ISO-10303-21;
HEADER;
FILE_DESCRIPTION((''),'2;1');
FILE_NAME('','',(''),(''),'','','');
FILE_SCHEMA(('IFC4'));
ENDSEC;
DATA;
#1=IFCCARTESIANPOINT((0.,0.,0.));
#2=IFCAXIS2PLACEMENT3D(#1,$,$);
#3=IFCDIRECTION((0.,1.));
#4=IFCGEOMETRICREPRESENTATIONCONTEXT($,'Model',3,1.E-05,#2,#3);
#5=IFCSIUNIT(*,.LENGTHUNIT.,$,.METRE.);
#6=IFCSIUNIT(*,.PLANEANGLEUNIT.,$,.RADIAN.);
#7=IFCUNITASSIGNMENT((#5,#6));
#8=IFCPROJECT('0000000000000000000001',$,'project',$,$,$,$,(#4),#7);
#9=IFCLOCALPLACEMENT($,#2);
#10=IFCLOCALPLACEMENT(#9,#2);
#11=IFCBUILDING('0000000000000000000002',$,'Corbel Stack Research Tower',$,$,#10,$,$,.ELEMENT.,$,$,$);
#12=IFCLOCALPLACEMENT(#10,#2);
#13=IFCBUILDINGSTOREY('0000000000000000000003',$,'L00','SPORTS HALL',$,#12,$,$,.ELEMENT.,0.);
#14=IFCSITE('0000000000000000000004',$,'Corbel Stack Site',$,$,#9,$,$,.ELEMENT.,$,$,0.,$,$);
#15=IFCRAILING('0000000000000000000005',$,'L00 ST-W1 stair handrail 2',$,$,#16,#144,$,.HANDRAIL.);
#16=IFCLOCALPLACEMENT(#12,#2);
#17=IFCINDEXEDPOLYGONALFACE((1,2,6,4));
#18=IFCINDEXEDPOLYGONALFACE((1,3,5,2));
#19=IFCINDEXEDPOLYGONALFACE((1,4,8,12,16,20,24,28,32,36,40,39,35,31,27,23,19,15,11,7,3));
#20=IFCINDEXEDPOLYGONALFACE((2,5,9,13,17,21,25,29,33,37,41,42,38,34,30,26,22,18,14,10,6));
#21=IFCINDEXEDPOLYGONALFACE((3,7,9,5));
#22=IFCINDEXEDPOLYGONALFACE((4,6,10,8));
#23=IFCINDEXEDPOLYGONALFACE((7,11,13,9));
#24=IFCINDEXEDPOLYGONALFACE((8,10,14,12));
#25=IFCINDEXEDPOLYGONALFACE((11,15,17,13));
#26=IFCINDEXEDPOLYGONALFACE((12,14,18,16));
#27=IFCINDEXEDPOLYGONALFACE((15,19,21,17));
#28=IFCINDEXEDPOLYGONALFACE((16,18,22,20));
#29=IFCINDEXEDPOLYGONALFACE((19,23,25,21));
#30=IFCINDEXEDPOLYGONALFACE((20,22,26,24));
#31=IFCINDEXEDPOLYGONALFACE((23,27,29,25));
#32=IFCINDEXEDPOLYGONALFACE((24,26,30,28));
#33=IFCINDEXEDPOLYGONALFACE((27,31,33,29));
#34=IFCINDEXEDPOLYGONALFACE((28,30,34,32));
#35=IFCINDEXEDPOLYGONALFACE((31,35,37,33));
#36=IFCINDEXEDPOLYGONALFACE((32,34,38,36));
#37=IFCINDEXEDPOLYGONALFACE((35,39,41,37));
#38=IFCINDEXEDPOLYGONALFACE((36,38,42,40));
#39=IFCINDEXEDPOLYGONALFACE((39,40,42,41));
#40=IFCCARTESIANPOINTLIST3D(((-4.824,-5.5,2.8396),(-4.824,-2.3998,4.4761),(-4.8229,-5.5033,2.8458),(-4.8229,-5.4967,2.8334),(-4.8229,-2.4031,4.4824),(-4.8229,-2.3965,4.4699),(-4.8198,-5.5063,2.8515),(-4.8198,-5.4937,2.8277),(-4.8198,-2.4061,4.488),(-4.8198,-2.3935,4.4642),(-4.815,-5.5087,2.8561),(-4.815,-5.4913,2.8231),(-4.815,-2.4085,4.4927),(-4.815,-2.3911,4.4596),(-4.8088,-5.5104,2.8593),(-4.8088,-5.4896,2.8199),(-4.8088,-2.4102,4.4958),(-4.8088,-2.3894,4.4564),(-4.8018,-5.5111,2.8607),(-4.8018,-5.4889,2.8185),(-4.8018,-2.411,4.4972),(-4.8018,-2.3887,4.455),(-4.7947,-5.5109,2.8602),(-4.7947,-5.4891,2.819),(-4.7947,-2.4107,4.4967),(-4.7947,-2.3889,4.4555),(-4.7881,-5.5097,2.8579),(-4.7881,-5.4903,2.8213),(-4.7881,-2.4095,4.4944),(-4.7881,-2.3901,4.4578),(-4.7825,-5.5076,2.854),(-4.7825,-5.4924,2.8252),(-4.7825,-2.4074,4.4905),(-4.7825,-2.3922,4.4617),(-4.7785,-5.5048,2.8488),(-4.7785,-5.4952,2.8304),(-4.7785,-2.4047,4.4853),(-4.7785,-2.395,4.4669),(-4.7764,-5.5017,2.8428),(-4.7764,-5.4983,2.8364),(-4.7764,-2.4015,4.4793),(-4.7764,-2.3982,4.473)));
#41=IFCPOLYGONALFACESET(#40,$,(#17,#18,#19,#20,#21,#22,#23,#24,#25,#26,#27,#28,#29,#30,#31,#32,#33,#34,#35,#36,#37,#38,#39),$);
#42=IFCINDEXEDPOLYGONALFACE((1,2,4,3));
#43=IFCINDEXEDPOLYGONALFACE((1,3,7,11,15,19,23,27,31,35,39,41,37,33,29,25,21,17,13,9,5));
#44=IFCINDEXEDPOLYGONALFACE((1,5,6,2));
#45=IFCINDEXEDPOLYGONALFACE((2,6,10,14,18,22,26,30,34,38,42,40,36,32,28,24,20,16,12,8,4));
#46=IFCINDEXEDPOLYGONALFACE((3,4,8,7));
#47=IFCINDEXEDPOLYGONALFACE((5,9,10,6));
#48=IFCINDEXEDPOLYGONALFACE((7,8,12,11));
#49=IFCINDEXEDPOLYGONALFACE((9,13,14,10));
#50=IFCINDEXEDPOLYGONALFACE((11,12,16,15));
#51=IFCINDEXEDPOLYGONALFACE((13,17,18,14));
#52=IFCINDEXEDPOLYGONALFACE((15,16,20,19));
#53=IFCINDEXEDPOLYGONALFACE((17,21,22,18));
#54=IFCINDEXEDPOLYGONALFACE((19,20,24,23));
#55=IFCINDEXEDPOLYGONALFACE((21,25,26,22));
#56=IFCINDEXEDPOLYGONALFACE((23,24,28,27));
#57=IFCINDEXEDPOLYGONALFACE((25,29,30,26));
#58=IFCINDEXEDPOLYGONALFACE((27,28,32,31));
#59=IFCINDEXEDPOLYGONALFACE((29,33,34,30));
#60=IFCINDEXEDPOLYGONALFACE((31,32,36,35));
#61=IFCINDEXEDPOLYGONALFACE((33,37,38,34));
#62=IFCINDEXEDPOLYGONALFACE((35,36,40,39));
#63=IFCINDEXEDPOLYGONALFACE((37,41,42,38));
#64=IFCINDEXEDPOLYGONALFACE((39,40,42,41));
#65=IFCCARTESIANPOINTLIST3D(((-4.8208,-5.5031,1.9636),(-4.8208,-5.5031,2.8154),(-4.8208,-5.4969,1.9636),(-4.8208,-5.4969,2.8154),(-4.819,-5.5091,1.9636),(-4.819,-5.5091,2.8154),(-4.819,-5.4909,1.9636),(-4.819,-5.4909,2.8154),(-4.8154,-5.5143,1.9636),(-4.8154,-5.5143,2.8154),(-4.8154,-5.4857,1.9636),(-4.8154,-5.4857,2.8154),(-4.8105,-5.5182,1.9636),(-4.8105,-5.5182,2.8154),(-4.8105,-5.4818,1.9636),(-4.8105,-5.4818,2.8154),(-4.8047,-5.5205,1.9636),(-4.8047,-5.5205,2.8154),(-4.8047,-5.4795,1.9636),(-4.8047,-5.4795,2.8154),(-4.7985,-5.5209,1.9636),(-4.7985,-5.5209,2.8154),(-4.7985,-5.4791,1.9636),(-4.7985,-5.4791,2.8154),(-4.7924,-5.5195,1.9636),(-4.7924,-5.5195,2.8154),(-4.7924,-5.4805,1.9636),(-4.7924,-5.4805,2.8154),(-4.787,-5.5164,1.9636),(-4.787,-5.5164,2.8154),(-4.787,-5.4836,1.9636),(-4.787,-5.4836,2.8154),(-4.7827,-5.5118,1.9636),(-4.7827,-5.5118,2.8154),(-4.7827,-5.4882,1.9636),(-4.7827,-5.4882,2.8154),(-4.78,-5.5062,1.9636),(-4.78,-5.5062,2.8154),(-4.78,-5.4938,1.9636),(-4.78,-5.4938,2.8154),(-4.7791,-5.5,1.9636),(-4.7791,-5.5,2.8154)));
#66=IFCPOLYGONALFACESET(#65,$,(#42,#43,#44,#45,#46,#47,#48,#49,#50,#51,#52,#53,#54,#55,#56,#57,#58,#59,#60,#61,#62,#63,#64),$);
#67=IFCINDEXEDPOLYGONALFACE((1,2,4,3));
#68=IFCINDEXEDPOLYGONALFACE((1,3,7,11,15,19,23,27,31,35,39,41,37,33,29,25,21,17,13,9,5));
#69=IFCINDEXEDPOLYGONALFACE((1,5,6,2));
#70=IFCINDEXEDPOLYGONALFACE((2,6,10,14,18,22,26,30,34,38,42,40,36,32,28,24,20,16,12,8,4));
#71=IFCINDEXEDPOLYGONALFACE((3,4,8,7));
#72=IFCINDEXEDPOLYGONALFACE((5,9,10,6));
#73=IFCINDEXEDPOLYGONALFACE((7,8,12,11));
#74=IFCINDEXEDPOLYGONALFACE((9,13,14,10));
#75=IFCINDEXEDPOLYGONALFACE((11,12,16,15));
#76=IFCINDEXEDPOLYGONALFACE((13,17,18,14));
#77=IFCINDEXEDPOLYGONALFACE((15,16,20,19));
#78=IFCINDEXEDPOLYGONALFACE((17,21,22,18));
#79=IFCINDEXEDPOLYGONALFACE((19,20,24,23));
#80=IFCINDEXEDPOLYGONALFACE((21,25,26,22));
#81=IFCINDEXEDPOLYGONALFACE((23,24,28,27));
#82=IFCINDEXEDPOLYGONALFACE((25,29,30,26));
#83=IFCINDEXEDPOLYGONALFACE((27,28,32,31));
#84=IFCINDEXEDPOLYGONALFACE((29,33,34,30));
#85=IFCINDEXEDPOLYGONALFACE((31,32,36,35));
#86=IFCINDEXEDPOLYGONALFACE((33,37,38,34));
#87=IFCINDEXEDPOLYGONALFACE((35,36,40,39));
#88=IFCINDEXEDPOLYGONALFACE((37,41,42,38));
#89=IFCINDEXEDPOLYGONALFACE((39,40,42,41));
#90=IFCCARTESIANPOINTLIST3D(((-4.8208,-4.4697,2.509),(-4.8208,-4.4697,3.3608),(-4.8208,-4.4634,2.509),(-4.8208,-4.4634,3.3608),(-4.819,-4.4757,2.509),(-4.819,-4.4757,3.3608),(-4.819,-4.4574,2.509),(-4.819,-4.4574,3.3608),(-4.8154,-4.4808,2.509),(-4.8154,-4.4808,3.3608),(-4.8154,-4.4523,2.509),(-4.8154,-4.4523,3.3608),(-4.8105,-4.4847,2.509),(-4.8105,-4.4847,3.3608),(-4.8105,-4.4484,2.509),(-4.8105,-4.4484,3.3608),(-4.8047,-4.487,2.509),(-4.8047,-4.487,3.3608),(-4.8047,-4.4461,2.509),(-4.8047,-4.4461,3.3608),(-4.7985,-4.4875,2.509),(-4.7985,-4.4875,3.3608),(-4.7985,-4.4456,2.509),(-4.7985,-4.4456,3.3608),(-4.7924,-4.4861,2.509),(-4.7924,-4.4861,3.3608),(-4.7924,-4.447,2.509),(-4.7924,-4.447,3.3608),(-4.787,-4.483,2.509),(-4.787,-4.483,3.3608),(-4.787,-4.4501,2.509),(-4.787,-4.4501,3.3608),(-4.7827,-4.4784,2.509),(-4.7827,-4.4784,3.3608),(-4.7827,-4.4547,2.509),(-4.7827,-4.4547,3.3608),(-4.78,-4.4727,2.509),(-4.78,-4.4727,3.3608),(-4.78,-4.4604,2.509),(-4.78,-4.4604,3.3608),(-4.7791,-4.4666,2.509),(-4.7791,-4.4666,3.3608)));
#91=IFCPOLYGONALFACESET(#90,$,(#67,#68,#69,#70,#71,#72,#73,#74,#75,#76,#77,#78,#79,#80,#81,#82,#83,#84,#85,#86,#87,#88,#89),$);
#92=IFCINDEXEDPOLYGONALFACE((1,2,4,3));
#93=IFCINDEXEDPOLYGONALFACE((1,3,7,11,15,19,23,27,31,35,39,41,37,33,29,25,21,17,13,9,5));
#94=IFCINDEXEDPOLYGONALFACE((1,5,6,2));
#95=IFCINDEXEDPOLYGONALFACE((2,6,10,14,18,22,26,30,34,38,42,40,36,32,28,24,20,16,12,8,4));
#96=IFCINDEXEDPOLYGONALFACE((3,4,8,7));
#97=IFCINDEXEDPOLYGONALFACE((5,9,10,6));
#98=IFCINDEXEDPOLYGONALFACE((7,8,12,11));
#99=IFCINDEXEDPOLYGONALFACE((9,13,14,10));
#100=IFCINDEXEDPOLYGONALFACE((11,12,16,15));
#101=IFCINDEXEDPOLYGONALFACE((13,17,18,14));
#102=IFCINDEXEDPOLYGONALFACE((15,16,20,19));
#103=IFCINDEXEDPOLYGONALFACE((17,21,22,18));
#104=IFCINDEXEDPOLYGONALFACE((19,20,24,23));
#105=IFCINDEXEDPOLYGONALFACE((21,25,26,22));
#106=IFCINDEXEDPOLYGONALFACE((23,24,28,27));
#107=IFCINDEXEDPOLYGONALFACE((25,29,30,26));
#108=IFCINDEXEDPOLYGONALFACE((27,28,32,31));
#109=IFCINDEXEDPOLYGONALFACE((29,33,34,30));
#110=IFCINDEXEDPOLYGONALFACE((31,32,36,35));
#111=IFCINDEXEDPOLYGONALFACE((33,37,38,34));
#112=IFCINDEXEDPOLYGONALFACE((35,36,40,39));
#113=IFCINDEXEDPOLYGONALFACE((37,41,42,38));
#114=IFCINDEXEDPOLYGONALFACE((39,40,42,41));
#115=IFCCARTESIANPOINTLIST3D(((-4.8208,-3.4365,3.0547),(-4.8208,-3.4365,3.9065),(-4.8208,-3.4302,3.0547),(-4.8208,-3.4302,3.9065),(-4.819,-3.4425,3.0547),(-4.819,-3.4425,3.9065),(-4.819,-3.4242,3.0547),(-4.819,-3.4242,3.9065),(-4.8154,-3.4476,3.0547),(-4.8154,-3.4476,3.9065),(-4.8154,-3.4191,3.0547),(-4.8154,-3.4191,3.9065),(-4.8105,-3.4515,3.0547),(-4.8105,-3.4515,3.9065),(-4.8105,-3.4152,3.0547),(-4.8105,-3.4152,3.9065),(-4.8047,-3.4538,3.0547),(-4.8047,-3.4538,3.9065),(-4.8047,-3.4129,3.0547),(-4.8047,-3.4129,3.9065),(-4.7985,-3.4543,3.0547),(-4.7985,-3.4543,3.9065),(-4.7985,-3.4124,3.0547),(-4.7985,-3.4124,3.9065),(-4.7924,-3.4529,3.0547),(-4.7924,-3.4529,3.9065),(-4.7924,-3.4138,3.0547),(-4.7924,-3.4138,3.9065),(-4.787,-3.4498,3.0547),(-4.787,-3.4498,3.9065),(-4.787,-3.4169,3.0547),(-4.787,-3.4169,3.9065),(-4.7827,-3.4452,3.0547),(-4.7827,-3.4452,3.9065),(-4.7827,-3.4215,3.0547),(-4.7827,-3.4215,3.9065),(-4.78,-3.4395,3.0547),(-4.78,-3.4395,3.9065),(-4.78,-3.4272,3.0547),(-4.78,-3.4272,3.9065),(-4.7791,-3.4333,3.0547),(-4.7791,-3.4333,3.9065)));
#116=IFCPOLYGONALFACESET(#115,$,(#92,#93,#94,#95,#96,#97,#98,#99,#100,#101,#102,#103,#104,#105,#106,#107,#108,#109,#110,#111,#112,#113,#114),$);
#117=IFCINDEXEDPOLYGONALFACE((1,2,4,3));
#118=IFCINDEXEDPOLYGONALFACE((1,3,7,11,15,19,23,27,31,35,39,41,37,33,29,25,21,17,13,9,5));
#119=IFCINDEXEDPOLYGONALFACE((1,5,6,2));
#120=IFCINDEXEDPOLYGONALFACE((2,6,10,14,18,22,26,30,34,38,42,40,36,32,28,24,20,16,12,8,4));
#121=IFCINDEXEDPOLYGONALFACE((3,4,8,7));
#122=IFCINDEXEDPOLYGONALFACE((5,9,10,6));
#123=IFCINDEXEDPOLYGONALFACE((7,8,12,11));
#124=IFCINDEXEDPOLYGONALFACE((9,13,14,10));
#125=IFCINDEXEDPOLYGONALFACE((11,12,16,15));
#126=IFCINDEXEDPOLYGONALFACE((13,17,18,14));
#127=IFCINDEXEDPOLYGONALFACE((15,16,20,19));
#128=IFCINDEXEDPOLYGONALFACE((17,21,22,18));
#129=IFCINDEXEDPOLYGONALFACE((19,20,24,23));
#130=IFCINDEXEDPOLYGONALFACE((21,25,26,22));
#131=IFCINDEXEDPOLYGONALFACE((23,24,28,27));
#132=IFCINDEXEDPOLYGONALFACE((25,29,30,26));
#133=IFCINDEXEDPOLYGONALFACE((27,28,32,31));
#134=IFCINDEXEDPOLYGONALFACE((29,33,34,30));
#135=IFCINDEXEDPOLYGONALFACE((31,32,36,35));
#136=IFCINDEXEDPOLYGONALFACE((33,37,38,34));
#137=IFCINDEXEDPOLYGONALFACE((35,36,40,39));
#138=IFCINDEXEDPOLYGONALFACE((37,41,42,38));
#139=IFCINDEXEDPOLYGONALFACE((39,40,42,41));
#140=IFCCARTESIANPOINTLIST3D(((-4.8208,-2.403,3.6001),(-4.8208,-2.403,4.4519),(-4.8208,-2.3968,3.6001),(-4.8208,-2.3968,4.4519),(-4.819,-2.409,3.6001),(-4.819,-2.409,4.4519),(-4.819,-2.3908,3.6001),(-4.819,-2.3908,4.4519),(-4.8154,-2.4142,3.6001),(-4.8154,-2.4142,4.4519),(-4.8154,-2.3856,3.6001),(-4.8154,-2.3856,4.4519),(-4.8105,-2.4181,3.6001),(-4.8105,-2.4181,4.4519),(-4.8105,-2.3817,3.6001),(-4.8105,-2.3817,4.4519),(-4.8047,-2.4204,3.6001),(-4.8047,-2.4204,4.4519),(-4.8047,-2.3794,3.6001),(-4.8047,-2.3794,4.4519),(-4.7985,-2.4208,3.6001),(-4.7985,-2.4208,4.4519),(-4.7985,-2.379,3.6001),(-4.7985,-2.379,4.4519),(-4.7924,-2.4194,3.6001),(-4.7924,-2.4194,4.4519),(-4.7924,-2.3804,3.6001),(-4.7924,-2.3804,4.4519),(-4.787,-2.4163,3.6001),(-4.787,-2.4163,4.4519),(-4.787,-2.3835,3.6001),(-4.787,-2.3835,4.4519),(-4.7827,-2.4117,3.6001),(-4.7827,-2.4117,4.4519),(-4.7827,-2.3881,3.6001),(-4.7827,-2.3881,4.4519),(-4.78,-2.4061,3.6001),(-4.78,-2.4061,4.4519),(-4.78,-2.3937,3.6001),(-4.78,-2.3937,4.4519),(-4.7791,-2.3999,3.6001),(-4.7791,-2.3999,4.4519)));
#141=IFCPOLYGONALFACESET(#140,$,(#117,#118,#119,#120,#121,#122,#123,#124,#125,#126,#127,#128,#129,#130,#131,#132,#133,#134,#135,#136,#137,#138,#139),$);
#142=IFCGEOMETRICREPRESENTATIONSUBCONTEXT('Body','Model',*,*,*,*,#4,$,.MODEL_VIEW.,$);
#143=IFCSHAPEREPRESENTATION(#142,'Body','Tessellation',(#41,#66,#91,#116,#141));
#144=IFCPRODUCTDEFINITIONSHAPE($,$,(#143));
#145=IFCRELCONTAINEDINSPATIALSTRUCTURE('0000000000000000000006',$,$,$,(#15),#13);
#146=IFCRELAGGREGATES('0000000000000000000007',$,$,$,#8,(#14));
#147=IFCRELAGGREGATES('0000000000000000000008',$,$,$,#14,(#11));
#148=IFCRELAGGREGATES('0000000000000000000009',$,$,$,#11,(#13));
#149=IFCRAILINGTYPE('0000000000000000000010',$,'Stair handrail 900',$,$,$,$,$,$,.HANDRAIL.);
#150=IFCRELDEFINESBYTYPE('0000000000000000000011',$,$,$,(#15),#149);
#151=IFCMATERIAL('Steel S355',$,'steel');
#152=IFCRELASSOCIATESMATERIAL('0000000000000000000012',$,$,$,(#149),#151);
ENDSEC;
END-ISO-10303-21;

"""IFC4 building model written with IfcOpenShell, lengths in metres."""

from ifc_helpers import new_model, si_unit, direction, frame, origin, origin_2d, place, context, subcontext, project, spatial, circle, extrude, material, type_object, element, save


model = new_model("IFC4")

# Units and contexts
model_context = context("Model", 3, precision=1e-05, world=origin(), true_north=direction((0.0, 1.0)))
body_context = subcontext(model_context, "Body", "Model", "MODEL_VIEW")
ifc_project = project(units=[si_unit("LENGTHUNIT", "METRE"), si_unit("PLANEANGLEUNIT", "RADIAN")], contexts=[model_context])

# Site, building, storey
site_placement = place(None, origin())
site = spatial("IfcSite", under=ifc_project, at=site_placement, Name="Corbel Stack Site", CompositionType="ELEMENT", RefElevation=0.0)
building_placement = place(site_placement, origin())
building = spatial("IfcBuilding", under=site, at=building_placement, Name="Corbel Stack Research Tower", CompositionType="ELEMENT")
storey_placement = place(building_placement, origin())
storey = spatial("IfcBuildingStorey", under=building, at=storey_placement, Name="L00", Description="SPORTS HALL", CompositionType="ELEMENT", Elevation=0.0)

# Railing
ifc_material_1 = material(Name="Steel S355", Category="steel")
railing_type = type_object("IfcRailingType", Name="Stair handrail 900", PredefinedType="HANDRAIL", material=ifc_material_1)
railing_1_placement = place(storey_placement, frame((-4.8, -5.5, 1.9636)))
element("IfcRailing", 1, at=railing_1_placement, inside=storey, type_object=railing_type, Name="L00 ST-W1 stair handrail 2", PredefinedType="HANDRAIL", context=body_context, shape_type="SweptSolid", body=[
    extrude(circle(Radius=0.0239, at=origin_2d()), frame((0.0, 0.0, 0.876), z_axis=(0.0, 0.884348, 0.466828), x_axis=(-1.0, 0.0, 0.0)), (0.0, 0.0, 1.0), 3.5056),
    extrude(circle(Radius=0.021, at=origin_2d()), origin(), (0.0, 0.0, 1.0), 0.8518),
    extrude(circle(Radius=0.021, at=origin_2d()), frame((0.0, 1.0334, 0.5454)), (0.0, 0.0, 1.0), 0.8518),
    extrude(circle(Radius=0.021, at=origin_2d()), frame((0.0, 2.0667, 1.0911)), (0.0, 0.0, 1.0), 0.8518),
    extrude(circle(Radius=0.021, at=origin_2d()), frame((0.0, 3.1001, 1.6365)), (0.0, 0.0, 1.0), 0.8518),
])

save(model, "model.ifc")
